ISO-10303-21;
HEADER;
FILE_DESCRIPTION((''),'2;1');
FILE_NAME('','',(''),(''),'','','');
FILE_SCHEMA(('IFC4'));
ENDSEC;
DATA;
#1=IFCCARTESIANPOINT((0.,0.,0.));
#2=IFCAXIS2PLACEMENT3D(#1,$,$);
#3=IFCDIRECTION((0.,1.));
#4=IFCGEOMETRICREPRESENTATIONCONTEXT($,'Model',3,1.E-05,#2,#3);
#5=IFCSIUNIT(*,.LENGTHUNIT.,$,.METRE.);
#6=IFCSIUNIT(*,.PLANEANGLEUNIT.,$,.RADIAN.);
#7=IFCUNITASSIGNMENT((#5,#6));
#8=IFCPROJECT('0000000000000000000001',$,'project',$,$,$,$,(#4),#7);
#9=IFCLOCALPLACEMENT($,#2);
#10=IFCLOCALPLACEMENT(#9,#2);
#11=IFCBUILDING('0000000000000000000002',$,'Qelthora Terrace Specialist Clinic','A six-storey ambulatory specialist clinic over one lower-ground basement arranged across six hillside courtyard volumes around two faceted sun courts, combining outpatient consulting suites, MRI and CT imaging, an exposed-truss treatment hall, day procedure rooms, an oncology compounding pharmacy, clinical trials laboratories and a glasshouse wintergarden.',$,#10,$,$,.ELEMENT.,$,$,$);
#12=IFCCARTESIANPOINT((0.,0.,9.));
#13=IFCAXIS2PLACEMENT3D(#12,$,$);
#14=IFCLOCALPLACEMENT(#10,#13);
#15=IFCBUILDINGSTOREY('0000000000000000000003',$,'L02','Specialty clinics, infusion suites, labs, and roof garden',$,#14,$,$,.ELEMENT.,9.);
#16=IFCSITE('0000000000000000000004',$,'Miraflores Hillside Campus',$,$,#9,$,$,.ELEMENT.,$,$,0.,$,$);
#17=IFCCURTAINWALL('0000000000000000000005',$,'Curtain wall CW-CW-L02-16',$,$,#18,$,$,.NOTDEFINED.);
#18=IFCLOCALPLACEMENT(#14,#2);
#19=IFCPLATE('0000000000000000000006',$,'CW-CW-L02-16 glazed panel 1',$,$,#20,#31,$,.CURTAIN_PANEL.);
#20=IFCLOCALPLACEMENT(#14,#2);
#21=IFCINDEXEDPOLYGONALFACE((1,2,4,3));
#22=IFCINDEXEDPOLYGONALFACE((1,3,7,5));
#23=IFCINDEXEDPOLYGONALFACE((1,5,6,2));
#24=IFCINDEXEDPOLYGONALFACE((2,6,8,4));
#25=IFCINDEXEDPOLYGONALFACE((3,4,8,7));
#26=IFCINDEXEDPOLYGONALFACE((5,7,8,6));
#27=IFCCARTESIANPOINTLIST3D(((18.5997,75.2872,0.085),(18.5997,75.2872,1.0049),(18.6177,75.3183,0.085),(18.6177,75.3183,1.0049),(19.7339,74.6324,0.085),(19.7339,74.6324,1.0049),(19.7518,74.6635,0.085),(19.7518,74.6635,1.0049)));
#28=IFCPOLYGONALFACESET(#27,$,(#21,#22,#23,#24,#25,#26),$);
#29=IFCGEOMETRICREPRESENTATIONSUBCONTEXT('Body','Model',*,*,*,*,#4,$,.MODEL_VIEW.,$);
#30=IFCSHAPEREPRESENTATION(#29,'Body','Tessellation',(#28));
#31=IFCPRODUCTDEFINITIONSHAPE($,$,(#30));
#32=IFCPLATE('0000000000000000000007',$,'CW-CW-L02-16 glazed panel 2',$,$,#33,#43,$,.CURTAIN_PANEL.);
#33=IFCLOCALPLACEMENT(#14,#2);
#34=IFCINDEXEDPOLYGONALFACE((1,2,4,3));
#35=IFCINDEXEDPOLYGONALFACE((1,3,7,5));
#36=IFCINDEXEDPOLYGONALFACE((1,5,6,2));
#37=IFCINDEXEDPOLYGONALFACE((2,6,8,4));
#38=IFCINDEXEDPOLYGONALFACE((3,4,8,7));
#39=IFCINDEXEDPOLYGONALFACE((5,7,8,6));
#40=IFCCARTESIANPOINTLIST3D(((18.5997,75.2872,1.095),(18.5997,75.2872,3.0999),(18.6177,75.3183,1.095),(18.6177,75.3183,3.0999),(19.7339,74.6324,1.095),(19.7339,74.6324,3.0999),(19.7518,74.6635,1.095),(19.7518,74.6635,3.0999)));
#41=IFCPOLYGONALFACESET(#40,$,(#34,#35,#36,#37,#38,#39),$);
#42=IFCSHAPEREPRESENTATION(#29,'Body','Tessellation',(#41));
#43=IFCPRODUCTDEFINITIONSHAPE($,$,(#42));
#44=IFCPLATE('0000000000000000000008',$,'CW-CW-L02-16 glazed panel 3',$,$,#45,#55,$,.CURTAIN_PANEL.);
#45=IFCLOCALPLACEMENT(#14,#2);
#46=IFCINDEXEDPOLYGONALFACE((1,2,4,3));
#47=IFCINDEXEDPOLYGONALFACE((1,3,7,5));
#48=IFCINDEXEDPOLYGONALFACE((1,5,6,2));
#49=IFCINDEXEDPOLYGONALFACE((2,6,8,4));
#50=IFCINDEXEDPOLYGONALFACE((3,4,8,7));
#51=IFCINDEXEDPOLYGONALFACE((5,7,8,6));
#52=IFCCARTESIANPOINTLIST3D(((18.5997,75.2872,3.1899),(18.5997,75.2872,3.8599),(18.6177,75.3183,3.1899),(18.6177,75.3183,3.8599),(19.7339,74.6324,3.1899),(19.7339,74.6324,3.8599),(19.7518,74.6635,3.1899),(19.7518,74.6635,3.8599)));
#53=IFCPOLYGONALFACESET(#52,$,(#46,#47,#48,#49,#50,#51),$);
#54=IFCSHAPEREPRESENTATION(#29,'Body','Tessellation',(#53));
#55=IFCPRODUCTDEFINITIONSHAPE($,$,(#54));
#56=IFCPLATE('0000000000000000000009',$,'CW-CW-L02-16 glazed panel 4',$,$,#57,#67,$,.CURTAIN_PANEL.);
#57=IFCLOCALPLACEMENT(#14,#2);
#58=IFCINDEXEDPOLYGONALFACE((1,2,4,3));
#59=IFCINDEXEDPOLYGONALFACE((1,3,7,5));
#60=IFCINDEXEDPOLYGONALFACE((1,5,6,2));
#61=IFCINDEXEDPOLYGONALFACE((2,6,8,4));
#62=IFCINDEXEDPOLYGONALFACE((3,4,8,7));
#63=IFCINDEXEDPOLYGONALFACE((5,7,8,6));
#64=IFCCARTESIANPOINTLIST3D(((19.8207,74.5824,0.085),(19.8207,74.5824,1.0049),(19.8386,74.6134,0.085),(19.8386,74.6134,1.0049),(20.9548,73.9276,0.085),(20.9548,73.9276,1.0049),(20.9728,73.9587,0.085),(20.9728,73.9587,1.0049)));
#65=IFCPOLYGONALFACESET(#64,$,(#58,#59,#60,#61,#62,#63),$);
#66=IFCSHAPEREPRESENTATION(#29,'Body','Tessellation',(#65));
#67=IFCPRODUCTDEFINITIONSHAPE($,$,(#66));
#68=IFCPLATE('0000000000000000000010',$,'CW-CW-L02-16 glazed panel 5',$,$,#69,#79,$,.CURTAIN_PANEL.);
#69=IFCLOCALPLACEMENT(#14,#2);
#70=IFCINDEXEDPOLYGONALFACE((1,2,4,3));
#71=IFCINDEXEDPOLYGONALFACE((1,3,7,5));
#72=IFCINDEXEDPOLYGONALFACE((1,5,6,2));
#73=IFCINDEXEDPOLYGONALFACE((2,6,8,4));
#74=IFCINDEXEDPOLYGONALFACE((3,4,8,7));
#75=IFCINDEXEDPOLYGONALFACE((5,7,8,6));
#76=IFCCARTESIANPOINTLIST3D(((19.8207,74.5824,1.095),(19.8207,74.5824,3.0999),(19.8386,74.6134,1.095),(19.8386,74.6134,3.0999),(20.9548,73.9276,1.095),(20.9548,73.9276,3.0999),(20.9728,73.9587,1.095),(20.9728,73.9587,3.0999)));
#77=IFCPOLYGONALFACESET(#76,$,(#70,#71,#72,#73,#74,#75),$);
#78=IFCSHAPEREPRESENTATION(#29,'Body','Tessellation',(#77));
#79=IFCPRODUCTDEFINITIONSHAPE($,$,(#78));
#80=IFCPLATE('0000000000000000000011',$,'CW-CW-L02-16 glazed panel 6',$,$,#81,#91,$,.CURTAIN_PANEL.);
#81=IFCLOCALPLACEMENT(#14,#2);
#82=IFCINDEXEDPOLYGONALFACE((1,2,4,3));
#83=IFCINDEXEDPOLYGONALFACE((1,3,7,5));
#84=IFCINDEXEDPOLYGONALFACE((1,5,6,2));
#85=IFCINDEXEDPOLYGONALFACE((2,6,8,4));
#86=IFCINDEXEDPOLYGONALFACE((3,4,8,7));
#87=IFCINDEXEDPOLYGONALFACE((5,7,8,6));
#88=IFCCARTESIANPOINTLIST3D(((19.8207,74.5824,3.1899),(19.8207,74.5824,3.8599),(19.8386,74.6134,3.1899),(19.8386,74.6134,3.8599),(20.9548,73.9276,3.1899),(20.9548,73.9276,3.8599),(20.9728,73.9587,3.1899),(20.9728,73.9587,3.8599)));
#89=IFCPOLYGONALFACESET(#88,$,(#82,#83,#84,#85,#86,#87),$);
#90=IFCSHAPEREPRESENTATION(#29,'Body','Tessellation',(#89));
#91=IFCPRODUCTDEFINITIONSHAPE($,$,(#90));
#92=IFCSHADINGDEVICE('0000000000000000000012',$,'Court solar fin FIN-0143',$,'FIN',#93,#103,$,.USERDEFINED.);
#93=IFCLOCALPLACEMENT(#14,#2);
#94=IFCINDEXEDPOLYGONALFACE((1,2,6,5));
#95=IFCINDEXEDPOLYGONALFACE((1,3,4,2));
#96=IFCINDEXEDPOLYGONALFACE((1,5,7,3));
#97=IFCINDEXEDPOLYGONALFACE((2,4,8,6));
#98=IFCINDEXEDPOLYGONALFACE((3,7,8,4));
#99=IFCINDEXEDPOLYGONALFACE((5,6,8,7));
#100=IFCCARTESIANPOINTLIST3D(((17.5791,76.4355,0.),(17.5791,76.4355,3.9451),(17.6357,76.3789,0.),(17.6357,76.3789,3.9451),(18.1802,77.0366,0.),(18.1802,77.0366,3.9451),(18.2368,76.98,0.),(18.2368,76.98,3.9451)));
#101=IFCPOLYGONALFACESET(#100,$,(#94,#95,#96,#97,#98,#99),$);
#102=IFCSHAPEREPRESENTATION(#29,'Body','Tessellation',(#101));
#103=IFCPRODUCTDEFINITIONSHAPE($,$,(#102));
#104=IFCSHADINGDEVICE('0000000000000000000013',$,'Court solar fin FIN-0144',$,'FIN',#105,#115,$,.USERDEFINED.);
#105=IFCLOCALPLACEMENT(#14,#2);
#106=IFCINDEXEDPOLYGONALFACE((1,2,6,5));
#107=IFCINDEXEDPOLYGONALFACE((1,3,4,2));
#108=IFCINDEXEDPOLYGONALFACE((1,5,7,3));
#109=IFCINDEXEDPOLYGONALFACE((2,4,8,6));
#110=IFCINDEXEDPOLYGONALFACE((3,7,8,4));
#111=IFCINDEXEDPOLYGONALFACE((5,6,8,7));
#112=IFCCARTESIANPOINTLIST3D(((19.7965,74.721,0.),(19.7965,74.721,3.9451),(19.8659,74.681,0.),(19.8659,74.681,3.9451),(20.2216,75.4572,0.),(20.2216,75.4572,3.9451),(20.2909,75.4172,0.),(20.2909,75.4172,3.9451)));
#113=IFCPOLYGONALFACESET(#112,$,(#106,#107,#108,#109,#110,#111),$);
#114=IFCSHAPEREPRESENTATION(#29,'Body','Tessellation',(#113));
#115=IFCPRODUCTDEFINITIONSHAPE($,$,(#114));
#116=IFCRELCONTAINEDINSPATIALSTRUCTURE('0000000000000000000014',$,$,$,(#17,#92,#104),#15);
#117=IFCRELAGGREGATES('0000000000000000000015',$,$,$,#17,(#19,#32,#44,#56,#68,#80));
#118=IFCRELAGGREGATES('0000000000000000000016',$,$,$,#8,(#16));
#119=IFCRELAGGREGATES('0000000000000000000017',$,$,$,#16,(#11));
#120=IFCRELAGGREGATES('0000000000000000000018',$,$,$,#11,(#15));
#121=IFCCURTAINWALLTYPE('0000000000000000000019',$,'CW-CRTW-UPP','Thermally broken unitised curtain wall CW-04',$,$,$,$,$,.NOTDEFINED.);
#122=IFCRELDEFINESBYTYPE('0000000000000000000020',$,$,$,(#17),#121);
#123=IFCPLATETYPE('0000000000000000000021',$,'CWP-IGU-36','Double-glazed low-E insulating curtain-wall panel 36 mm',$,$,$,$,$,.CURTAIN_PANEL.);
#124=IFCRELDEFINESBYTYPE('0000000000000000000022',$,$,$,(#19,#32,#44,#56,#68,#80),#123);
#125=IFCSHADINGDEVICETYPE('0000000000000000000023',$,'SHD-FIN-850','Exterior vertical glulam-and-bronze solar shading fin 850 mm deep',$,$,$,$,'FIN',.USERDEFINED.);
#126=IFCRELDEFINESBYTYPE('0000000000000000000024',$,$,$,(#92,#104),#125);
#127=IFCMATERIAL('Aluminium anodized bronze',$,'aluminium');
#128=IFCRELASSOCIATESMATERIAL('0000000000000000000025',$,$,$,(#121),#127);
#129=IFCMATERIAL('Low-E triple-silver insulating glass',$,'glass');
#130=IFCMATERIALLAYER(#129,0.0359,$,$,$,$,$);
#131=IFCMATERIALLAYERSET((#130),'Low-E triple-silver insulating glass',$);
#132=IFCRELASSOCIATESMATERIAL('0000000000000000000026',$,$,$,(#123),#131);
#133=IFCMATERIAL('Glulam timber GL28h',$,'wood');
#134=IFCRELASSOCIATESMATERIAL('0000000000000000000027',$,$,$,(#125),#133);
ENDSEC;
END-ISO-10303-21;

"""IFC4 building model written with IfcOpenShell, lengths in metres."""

from ifc_helpers import new_model, si_unit, direction, frame, origin, origin_2d, place, context, subcontext, project, spatial, rectangle, extrude, material, layer, layer_set, type_object, element, aggregate, save


model = new_model("IFC4")

# Units and contexts
model_context = context("Model", 3, precision=1e-05, world=origin(), true_north=direction((0.0, 1.0)))
body_context = subcontext(model_context, "Body", "Model", "MODEL_VIEW")
ifc_project = project(units=[si_unit("LENGTHUNIT", "METRE"), si_unit("PLANEANGLEUNIT", "RADIAN")], contexts=[model_context])

# Site, building, storey
site_placement = place(None, origin())
site = spatial("IfcSite", under=ifc_project, at=site_placement, Name="Miraflores Hillside Campus", CompositionType="ELEMENT", RefElevation=0.0)
building_placement = place(site_placement, origin())
building = spatial("IfcBuilding", under=site, at=building_placement, Name="Qelthora Terrace Specialist Clinic", Description="A six-storey ambulatory specialist clinic over one lower-ground basement arranged across six hillside courtyard volumes around two faceted sun courts, combining outpatient consulting suites, MRI and CT imaging, an exposed-truss treatment hall, day procedure rooms, an oncology compounding pharmacy, clinical trials laboratories and a glasshouse wintergarden.", CompositionType="ELEMENT")
storey_placement = place(building_placement, frame((0.0, 0.0, 9.0)))
storey = spatial("IfcBuildingStorey", under=building, at=storey_placement, Name="L02", Description="Specialty clinics, infusion suites, labs, and roof garden", CompositionType="ELEMENT", Elevation=9.0)

# Curtain wall
ifc_material_1 = material(Name="Aluminium anodized bronze", Category="aluminium")
curtain_wall_type = type_object("IfcCurtainWallType", Name="CW-CRTW-UPP", Description="Thermally broken unitised curtain wall CW-04", PredefinedType="NOTDEFINED", material=ifc_material_1)
curtain_wall_1_placement = place(storey_placement, origin())
curtain_wall_1 = element("IfcCurtainWall", 1, at=curtain_wall_1_placement, inside=storey, type_object=curtain_wall_type, Name="Curtain wall CW-CW-L02-16", PredefinedType="NOTDEFINED")

# Plates
ifc_material_2 = material(Name="Low-E triple-silver insulating glass", Category="glass")
ifc_layer = layer(ifc_material_2, 0.0359)
ifc_layer_set = layer_set([ifc_layer], Name="Low-E triple-silver insulating glass")
plate_type = type_object("IfcPlateType", Name="CWP-IGU-36", Description="Double-glazed low-E insulating curtain-wall panel 36 mm", PredefinedType="CURTAIN_PANEL", material=ifc_layer_set)
plate_1_placement = place(storey_placement, frame((19.1758, 74.9753, 0.085), z_axis=(0.0, 0.0, 1.0), x_axis=(0.866025, -0.5, 0.0)))
plate_1 = element("IfcPlate", 2, at=plate_1_placement, type_object=plate_type, Name="CW-CW-L02-16 glazed panel 1", PredefinedType="CURTAIN_PANEL", context=body_context, shape_type="SweptSolid", body=[
    extrude(rectangle(XDim=1.3096, YDim=0.0359, at=origin_2d()), origin(), (0.0, 0.0, 1.0), 0.9199),
])
plate_2_placement = place(storey_placement, frame((19.1758, 74.9753, 1.095), z_axis=(0.0, 0.0, 1.0), x_axis=(0.866025, -0.5, 0.0)))
plate_2 = element("IfcPlate", 3, at=plate_2_placement, type_object=plate_type, Name="CW-CW-L02-16 glazed panel 2", PredefinedType="CURTAIN_PANEL", context=body_context, shape_type="SweptSolid", body=[
    extrude(rectangle(XDim=1.3096, YDim=0.0359, at=origin_2d()), origin(), (0.0, 0.0, 1.0), 2.0049),
])
plate_3_placement = place(storey_placement, frame((19.1758, 74.9753, 3.1899), z_axis=(0.0, 0.0, 1.0), x_axis=(0.866025, -0.5, 0.0)))
plate_3 = element("IfcPlate", 4, at=plate_3_placement, type_object=plate_type, Name="CW-CW-L02-16 glazed panel 3", PredefinedType="CURTAIN_PANEL", context=body_context, shape_type="SweptSolid", body=[
    extrude(rectangle(XDim=1.3096, YDim=0.0359, at=origin_2d()), origin(), (0.0, 0.0, 1.0), 0.6699),
])
plate_4_placement = place(storey_placement, frame((20.3967, 74.2705, 0.085), z_axis=(0.0, 0.0, 1.0), x_axis=(0.866025, -0.5, 0.0)))
plate_4 = element("IfcPlate", 5, at=plate_4_placement, type_object=plate_type, Name="CW-CW-L02-16 glazed panel 4", PredefinedType="CURTAIN_PANEL", context=body_context, shape_type="SweptSolid", body=[
    extrude(rectangle(XDim=1.3096, YDim=0.0359, at=origin_2d()), origin(), (0.0, 0.0, 1.0), 0.9199),
])
plate_5_placement = place(storey_placement, frame((20.3967, 74.2705, 1.095), z_axis=(0.0, 0.0, 1.0), x_axis=(0.866025, -0.5, 0.0)))
plate_5 = element("IfcPlate", 6, at=plate_5_placement, type_object=plate_type, Name="CW-CW-L02-16 glazed panel 5", PredefinedType="CURTAIN_PANEL", context=body_context, shape_type="SweptSolid", body=[
    extrude(rectangle(XDim=1.3096, YDim=0.0359, at=origin_2d()), origin(), (0.0, 0.0, 1.0), 2.0049),
])
plate_6_placement = place(storey_placement, frame((20.3967, 74.2705, 3.1899), z_axis=(0.0, 0.0, 1.0), x_axis=(0.866025, -0.5, 0.0)))
plate_6 = element("IfcPlate", 7, at=plate_6_placement, type_object=plate_type, Name="CW-CW-L02-16 glazed panel 6", PredefinedType="CURTAIN_PANEL", context=body_context, shape_type="SweptSolid", body=[
    extrude(rectangle(XDim=1.3096, YDim=0.0359, at=origin_2d()), origin(), (0.0, 0.0, 1.0), 0.6699),
])
aggregate(curtain_wall_1, [plate_1, plate_2, plate_3, plate_4, plate_5, plate_6])

# Shading devices
ifc_material_3 = material(Name="Glulam timber GL28h", Category="wood")
shading_device_type = type_object("IfcShadingDeviceType", Name="SHD-FIN-850", Description="Exterior vertical glulam-and-bronze solar shading fin 850 mm deep", ElementType="FIN", PredefinedType="USERDEFINED", material=ifc_material_3)
for number, where, z_axis, x_axis, name in (
    (8, (17.908, 76.7078, 0.0), (0.0, 0.0, 1.0), (0.707107, 0.707107, 0.0), "Court solar fin FIN-0143"),
    (9, (20.0437, 75.0691, 0.0), (0.0, 0.0, 1.0), (0.5, 0.866025, 0.0), "Court solar fin FIN-0144"),
):
    element("IfcShadingDevice", number, at=place(storey_placement, frame(where, z_axis=z_axis, x_axis=x_axis)), inside=storey, type_object=shading_device_type, Name=name, ObjectType="FIN", PredefinedType="USERDEFINED", context=body_context, shape_type="SweptSolid", body=[
        extrude(rectangle(XDim=0.8501, YDim=0.0801, at=origin_2d()), origin(), (0.0, 0.0, 1.0), 3.9451),
    ])

save(model, "model.ifc")
